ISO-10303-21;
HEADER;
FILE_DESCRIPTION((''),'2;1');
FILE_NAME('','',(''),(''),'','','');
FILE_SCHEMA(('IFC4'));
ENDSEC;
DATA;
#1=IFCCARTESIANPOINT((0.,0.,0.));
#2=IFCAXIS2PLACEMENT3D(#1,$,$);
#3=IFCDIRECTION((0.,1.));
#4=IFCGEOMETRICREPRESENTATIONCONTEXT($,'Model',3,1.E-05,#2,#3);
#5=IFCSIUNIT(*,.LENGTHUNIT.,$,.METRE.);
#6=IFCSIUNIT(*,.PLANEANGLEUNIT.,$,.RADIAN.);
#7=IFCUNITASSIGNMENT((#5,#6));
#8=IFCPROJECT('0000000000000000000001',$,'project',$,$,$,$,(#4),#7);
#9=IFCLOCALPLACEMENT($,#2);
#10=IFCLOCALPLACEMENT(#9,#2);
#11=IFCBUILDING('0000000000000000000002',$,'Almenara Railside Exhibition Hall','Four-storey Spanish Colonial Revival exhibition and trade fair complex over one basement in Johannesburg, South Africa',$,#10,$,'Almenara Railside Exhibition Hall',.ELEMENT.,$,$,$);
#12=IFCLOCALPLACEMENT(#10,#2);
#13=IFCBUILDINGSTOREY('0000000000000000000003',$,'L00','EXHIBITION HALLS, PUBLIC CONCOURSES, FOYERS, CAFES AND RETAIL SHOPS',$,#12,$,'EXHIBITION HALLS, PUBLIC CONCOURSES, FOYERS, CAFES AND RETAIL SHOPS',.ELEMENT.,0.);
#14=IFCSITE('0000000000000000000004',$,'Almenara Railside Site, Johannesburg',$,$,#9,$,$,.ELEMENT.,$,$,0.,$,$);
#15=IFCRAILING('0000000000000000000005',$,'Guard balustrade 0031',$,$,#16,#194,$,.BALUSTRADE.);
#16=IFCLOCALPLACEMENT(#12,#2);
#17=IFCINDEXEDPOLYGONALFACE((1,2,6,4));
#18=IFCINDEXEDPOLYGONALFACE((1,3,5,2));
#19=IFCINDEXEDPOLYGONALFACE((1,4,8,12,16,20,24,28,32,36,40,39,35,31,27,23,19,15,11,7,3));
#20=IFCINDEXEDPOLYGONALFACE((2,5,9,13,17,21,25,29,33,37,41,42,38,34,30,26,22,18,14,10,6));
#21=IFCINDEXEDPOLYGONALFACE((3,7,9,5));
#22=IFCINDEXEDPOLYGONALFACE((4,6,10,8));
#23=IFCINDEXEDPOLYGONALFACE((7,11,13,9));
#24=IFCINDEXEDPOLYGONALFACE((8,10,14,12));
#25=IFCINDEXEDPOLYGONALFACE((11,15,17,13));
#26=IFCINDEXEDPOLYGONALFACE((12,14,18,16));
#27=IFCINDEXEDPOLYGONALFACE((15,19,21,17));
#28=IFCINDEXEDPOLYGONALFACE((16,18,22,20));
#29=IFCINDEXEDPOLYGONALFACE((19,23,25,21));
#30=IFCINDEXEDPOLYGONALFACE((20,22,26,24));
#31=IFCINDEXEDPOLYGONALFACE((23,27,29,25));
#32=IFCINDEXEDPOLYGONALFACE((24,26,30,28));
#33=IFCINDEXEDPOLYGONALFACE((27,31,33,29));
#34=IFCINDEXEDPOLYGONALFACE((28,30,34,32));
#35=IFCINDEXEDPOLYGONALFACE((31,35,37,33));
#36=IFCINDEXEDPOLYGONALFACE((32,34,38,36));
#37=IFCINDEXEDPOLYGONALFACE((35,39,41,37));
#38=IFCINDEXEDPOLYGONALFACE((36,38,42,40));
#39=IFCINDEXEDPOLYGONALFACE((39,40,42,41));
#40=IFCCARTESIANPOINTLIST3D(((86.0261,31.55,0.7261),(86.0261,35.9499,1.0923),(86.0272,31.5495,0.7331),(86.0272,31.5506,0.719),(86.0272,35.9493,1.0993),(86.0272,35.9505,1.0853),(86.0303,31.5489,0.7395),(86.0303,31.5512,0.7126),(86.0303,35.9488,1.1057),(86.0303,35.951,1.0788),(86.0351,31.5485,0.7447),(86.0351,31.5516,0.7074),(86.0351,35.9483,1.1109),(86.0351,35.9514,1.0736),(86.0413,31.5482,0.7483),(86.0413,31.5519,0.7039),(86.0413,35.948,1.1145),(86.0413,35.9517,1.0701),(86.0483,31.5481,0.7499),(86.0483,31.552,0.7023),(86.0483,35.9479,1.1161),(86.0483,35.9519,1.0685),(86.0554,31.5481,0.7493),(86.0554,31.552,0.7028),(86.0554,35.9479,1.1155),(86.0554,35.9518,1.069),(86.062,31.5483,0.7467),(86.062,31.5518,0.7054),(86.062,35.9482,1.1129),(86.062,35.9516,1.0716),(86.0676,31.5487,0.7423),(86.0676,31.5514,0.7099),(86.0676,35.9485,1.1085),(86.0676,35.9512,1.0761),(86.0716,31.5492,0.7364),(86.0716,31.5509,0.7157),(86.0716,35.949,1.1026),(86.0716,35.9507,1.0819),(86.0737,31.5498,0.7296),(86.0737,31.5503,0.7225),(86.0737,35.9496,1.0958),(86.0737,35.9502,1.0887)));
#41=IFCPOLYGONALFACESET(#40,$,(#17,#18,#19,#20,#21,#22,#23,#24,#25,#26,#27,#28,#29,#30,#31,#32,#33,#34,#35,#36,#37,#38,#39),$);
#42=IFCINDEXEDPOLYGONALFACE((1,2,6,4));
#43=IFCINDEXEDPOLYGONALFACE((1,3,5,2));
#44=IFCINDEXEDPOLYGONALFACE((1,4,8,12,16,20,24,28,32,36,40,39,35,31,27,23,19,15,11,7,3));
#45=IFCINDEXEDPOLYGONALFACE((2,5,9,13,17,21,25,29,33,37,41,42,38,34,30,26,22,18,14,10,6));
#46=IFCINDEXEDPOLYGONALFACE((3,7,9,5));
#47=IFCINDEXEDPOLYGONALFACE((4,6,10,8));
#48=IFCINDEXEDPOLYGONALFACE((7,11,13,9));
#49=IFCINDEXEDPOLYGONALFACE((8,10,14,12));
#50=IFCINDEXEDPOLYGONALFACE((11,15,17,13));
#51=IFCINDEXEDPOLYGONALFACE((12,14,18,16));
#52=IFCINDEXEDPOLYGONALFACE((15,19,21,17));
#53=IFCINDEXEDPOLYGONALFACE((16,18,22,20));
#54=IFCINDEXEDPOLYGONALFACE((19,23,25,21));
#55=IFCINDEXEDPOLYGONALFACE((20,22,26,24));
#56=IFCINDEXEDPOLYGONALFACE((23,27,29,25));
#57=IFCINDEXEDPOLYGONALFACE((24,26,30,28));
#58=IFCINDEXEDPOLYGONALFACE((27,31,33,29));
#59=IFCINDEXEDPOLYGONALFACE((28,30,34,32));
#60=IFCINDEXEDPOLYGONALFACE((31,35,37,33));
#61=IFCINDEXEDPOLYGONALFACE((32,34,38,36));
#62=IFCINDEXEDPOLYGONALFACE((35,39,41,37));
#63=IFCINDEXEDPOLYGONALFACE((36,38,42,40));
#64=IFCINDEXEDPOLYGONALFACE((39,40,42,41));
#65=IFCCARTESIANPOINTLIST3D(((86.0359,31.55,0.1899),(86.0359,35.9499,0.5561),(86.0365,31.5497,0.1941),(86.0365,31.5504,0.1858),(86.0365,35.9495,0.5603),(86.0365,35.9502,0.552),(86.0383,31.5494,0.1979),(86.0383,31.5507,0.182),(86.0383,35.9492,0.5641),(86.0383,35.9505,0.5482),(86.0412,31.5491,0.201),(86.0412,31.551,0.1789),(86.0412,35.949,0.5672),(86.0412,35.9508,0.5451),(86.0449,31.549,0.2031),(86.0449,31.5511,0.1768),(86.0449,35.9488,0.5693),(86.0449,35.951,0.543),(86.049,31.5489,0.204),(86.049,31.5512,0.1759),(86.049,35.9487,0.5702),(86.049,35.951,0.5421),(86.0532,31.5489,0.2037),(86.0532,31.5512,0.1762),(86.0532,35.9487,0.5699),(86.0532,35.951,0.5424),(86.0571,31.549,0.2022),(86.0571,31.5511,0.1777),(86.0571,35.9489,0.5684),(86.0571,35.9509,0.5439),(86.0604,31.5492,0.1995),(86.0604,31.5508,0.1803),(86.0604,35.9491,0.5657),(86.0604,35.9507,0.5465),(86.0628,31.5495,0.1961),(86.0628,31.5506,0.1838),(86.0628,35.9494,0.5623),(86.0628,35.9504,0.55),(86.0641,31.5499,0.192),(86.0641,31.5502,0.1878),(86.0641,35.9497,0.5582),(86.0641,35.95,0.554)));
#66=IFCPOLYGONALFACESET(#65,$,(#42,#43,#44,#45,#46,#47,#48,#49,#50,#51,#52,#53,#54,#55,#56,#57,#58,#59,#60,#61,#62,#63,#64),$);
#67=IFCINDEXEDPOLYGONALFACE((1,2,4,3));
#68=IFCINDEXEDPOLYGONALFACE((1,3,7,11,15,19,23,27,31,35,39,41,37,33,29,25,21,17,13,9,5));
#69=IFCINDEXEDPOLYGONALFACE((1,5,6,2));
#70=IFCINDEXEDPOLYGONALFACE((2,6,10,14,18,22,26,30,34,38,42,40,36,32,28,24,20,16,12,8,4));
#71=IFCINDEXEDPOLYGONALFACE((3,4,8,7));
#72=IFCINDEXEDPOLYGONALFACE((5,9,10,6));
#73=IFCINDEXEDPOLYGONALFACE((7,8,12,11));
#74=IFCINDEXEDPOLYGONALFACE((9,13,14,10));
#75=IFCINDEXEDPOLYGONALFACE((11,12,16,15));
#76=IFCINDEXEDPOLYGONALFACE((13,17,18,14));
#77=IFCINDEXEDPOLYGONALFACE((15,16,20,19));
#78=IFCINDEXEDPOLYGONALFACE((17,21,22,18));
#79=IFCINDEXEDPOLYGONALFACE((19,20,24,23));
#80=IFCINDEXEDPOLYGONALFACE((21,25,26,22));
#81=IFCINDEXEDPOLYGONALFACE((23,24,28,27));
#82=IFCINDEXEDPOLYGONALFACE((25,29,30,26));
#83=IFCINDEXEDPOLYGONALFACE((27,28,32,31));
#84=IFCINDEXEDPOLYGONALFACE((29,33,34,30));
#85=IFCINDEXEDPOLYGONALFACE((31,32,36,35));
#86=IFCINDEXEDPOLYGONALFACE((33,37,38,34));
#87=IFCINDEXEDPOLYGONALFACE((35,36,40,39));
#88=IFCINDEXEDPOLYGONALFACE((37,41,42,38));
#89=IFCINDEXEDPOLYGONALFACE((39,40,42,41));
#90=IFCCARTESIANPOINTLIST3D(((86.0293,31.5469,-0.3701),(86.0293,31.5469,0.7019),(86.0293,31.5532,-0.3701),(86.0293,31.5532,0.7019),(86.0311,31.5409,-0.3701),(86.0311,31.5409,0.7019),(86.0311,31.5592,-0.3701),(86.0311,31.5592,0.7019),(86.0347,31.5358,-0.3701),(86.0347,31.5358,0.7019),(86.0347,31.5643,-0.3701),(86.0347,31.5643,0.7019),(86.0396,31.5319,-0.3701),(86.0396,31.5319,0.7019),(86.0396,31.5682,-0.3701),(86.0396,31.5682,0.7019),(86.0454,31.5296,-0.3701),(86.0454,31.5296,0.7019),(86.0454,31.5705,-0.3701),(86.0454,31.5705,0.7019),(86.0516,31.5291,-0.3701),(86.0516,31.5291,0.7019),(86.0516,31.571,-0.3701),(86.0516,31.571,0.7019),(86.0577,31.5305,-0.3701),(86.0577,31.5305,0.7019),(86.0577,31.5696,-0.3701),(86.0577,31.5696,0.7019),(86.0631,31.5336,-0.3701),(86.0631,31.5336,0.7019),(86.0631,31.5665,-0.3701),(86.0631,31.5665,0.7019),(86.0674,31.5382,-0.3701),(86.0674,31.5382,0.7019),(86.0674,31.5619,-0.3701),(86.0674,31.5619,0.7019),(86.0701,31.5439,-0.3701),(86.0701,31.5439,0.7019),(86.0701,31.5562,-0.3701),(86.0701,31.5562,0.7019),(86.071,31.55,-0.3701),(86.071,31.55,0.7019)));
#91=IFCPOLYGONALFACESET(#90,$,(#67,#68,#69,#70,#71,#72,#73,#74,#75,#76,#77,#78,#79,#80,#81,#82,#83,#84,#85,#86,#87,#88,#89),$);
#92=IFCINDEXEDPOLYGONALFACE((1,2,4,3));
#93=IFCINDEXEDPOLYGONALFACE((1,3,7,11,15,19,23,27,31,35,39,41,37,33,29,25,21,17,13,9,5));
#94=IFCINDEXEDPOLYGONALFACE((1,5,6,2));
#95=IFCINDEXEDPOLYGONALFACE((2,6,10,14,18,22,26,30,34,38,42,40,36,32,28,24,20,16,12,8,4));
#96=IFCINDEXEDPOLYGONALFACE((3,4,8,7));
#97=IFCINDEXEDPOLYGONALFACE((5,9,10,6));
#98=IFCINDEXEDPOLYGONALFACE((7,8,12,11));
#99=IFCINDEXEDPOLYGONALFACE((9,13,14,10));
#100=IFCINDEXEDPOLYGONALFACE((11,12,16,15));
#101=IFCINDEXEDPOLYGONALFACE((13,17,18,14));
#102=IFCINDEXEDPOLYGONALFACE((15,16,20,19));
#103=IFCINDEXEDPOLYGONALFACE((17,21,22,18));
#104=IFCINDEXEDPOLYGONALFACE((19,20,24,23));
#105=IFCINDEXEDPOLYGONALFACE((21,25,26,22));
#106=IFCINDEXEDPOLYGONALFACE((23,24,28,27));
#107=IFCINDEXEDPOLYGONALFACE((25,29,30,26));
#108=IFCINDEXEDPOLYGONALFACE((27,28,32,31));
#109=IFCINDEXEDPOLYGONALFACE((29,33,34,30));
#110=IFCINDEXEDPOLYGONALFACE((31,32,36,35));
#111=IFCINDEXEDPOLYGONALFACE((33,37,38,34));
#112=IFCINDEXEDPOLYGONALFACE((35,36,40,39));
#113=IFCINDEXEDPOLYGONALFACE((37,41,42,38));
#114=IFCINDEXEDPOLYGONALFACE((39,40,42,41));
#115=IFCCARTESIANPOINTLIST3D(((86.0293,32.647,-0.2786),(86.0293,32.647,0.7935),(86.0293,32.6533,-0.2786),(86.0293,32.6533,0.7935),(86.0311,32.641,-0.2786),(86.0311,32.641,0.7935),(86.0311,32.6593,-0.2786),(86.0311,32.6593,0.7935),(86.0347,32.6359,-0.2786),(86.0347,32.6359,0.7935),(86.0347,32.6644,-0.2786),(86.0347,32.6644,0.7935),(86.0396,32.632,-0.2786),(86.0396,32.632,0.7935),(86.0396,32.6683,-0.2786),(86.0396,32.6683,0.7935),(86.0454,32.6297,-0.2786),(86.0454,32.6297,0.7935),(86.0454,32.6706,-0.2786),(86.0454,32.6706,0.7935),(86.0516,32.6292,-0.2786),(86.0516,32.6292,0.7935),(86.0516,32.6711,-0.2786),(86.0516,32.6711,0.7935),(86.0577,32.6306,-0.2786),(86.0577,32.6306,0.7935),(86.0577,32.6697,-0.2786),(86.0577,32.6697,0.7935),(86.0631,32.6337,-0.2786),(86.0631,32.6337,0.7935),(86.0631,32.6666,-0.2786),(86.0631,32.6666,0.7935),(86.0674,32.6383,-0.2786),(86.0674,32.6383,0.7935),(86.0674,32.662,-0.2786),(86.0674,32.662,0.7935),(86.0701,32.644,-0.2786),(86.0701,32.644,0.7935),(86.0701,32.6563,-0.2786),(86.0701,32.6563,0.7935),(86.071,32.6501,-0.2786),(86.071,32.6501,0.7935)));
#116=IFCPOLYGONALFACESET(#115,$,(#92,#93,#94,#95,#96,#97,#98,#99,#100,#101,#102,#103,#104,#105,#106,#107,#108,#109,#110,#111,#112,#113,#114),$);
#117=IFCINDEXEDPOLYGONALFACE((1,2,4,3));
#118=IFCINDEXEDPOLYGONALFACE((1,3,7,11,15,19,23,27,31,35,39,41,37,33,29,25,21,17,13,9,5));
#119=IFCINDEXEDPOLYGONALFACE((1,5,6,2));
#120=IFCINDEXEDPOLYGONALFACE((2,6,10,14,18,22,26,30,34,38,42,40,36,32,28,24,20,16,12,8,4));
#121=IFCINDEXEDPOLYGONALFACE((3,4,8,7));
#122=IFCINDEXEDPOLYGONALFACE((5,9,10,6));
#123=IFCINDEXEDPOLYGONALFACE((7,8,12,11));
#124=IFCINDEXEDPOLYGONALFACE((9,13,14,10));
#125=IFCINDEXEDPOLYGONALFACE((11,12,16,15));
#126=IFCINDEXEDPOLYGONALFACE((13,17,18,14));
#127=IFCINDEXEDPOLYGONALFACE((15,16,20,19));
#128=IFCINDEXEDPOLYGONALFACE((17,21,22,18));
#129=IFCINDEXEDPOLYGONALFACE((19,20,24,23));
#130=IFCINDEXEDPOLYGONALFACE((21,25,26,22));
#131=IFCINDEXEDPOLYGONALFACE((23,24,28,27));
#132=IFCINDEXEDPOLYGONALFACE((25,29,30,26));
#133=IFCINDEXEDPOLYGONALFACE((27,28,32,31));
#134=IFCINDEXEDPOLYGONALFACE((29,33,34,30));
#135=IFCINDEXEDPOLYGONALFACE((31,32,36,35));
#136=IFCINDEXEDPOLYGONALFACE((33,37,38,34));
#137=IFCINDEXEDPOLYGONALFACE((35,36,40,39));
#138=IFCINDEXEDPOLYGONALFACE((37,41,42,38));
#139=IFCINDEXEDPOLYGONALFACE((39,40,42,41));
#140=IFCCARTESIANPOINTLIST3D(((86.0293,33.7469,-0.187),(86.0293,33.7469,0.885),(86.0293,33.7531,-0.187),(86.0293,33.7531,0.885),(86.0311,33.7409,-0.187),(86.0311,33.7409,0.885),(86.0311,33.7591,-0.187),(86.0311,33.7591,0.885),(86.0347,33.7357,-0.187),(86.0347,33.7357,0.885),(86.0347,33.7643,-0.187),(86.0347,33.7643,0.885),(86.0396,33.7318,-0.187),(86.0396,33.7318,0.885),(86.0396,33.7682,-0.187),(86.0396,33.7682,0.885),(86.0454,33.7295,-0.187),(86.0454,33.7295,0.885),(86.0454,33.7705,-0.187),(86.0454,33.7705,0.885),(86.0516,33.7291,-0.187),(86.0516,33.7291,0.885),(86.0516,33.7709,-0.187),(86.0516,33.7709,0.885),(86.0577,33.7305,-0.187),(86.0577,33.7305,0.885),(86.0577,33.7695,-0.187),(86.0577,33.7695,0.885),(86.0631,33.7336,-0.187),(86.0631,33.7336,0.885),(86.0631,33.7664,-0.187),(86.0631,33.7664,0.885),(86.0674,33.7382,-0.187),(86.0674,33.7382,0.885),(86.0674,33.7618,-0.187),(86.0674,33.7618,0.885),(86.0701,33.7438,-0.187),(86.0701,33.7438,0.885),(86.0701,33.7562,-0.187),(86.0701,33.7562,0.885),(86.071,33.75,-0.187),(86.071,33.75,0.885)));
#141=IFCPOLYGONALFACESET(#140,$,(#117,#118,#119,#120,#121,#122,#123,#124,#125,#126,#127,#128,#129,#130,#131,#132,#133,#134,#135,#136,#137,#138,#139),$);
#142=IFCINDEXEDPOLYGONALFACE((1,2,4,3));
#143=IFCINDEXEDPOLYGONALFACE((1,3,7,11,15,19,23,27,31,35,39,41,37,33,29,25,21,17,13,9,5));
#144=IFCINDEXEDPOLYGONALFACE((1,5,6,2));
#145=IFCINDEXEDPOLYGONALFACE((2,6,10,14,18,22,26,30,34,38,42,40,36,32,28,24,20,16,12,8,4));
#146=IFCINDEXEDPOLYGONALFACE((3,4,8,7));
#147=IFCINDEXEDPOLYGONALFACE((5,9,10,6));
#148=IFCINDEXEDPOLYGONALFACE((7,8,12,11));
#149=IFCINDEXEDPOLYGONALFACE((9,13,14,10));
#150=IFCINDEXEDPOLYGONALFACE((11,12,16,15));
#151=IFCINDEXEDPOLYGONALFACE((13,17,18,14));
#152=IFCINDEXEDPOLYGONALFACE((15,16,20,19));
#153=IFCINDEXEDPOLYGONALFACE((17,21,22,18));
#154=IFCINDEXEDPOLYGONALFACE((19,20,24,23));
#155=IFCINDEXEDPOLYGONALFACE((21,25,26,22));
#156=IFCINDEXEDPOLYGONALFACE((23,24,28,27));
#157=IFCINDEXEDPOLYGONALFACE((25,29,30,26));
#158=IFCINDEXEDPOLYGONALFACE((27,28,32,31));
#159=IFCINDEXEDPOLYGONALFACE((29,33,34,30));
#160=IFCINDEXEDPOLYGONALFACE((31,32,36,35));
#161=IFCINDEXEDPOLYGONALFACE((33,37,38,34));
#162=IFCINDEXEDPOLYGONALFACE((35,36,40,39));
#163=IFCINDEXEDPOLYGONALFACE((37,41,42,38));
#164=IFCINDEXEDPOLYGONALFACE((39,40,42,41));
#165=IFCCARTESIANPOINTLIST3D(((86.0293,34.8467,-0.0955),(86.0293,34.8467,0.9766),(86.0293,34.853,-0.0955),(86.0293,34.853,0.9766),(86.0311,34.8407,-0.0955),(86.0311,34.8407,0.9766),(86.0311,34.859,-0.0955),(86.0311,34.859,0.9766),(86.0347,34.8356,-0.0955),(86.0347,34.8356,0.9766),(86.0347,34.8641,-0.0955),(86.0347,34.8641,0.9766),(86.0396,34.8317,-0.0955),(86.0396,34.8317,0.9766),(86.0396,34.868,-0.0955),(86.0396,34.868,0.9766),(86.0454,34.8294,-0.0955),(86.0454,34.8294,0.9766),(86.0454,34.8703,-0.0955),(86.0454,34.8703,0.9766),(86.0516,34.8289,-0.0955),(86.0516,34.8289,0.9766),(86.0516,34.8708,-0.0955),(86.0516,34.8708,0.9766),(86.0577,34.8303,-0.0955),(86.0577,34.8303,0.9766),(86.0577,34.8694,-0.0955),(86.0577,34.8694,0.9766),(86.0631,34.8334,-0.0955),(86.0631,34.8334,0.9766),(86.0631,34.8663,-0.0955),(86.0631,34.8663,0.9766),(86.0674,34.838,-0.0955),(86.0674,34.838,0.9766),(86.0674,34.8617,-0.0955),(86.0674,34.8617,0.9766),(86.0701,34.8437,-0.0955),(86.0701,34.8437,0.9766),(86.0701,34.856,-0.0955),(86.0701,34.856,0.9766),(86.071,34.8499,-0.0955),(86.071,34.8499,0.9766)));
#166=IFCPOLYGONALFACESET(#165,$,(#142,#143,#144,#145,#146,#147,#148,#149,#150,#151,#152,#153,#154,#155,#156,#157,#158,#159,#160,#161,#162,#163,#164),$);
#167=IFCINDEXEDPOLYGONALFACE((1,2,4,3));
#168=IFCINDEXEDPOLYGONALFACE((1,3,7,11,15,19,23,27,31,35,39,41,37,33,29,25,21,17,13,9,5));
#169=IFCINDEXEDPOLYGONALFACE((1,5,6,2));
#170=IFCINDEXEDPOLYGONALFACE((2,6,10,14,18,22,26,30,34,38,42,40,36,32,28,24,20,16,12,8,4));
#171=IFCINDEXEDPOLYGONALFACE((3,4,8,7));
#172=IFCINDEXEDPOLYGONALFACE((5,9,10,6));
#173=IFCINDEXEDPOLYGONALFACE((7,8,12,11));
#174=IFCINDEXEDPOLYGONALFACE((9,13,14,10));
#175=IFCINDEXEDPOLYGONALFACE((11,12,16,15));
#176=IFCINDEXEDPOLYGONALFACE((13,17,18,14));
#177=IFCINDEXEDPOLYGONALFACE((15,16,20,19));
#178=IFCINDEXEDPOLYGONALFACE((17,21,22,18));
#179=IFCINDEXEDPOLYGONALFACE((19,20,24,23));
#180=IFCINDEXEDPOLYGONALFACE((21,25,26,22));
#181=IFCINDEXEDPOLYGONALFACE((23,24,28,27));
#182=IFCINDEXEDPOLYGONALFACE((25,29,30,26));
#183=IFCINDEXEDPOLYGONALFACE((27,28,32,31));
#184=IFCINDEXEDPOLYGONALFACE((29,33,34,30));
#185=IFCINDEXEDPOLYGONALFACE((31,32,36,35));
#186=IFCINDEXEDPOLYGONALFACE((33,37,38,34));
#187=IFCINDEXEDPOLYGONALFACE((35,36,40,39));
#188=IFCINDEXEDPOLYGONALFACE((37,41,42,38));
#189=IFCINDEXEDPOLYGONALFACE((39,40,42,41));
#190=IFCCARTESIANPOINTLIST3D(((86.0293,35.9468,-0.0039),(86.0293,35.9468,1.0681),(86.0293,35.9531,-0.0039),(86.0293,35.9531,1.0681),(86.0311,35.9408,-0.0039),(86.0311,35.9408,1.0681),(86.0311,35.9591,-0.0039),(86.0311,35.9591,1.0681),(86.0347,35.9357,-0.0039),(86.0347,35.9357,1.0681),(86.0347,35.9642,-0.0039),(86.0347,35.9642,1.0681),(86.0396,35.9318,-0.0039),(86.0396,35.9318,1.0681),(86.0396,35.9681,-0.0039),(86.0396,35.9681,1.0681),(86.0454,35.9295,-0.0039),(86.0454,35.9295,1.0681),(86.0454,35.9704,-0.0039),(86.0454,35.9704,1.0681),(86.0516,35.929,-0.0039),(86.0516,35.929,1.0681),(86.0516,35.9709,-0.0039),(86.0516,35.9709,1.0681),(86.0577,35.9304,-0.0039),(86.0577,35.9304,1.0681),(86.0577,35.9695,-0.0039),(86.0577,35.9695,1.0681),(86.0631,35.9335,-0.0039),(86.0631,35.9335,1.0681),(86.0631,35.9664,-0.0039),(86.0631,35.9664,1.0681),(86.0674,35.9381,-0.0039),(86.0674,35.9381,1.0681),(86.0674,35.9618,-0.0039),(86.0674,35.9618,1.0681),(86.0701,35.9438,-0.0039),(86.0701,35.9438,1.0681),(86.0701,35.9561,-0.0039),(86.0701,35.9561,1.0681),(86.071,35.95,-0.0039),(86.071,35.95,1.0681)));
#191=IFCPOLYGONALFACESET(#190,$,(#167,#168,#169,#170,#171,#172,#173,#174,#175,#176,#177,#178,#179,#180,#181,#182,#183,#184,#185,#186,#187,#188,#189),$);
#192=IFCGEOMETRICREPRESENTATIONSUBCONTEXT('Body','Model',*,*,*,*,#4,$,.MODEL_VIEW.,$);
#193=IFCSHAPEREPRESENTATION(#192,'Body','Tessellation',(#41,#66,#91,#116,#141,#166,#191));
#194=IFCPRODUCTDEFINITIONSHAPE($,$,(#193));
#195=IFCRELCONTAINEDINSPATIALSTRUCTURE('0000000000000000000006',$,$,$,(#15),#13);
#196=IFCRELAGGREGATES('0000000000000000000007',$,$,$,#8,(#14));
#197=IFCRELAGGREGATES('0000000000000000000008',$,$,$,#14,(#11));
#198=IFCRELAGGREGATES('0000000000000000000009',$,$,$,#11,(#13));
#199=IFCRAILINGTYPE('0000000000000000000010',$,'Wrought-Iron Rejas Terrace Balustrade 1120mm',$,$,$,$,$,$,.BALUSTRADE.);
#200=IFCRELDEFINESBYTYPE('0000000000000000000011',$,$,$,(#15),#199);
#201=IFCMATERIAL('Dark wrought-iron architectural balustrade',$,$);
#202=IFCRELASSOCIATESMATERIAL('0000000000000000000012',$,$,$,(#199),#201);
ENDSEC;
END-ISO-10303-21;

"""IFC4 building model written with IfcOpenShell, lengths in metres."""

from ifc_helpers import new_model, si_unit, direction, frame, origin, origin_2d, place, context, subcontext, project, spatial, circle, extrude, material, type_object, element, save


model = new_model("IFC4")

# Units and contexts
model_context = context("Model", 3, precision=1e-05, world=origin(), true_north=direction((0.0, 1.0)))
body_context = subcontext(model_context, "Body", "Model", "MODEL_VIEW")
ifc_project = project(units=[si_unit("LENGTHUNIT", "METRE"), si_unit("PLANEANGLEUNIT", "RADIAN")], contexts=[model_context])

# Site, building, storey
site_placement = place(None, origin())
site = spatial("IfcSite", under=ifc_project, at=site_placement, Name="Almenara Railside Site, Johannesburg", CompositionType="ELEMENT", RefElevation=0.0)
building_placement = place(site_placement, origin())
building = spatial("IfcBuilding", under=site, at=building_placement, Name="Almenara Railside Exhibition Hall", Description="Four-storey Spanish Colonial Revival exhibition and trade fair complex over one basement in Johannesburg, South Africa", LongName="Almenara Railside Exhibition Hall", CompositionType="ELEMENT")
storey_placement = place(building_placement, origin())
storey = spatial("IfcBuildingStorey", under=building, at=storey_placement, Name="L00", Description="EXHIBITION HALLS, PUBLIC CONCOURSES, FOYERS, CAFES AND RETAIL SHOPS", LongName="EXHIBITION HALLS, PUBLIC CONCOURSES, FOYERS, CAFES AND RETAIL SHOPS", CompositionType="ELEMENT", Elevation=0.0)

# Railing
ifc_material_1 = material(Name="Dark wrought-iron architectural balustrade")
railing_type = type_object("IfcRailingType", Name="Wrought-Iron Rejas Terrace Balustrade 1120mm", PredefinedType="BALUSTRADE", material=ifc_material_1)
railing_placement = place(storey_placement, frame((86.05, 31.55, -0.3701)))
element("IfcRailing", 1, at=railing_placement, inside=storey, type_object=railing_type, Name="Guard balustrade 0031", PredefinedType="BALUSTRADE", context=body_context, shape_type="SweptSolid", body=[
    extrude(circle(Radius=0.0239, at=origin_2d()), frame((0.0, 0.0, 1.0962), z_axis=(0.0, 0.996554, 0.082945), x_axis=(-1.0, 0.0, 0.0)), (0.0, 0.0, 1.0), 4.415),
    extrude(circle(Radius=0.0142, at=origin_2d()), frame((0.0, 0.0, 0.5601), z_axis=(0.0, 0.996554, 0.082945), x_axis=(-1.0, 0.0, 0.0)), (0.0, 0.0, 1.0), 4.415),
    extrude(circle(Radius=0.021, at=origin_2d()), origin(), (0.0, 0.0, 1.0), 1.072),
    extrude(circle(Radius=0.021, at=origin_2d()), frame((0.0, 1.1001, 0.0916)), (0.0, 0.0, 1.0), 1.072),
    extrude(circle(Radius=0.021, at=origin_2d()), frame((0.0, 2.2, 0.1831)), (0.0, 0.0, 1.0), 1.072),
    extrude(circle(Radius=0.021, at=origin_2d()), frame((0.0, 3.2998, 0.2747)), (0.0, 0.0, 1.0), 1.072),
    extrude(circle(Radius=0.021, at=origin_2d()), frame((0.0, 4.3999, 0.3662)), (0.0, 0.0, 1.0), 1.072),
])

save(model, "model.ifc")
